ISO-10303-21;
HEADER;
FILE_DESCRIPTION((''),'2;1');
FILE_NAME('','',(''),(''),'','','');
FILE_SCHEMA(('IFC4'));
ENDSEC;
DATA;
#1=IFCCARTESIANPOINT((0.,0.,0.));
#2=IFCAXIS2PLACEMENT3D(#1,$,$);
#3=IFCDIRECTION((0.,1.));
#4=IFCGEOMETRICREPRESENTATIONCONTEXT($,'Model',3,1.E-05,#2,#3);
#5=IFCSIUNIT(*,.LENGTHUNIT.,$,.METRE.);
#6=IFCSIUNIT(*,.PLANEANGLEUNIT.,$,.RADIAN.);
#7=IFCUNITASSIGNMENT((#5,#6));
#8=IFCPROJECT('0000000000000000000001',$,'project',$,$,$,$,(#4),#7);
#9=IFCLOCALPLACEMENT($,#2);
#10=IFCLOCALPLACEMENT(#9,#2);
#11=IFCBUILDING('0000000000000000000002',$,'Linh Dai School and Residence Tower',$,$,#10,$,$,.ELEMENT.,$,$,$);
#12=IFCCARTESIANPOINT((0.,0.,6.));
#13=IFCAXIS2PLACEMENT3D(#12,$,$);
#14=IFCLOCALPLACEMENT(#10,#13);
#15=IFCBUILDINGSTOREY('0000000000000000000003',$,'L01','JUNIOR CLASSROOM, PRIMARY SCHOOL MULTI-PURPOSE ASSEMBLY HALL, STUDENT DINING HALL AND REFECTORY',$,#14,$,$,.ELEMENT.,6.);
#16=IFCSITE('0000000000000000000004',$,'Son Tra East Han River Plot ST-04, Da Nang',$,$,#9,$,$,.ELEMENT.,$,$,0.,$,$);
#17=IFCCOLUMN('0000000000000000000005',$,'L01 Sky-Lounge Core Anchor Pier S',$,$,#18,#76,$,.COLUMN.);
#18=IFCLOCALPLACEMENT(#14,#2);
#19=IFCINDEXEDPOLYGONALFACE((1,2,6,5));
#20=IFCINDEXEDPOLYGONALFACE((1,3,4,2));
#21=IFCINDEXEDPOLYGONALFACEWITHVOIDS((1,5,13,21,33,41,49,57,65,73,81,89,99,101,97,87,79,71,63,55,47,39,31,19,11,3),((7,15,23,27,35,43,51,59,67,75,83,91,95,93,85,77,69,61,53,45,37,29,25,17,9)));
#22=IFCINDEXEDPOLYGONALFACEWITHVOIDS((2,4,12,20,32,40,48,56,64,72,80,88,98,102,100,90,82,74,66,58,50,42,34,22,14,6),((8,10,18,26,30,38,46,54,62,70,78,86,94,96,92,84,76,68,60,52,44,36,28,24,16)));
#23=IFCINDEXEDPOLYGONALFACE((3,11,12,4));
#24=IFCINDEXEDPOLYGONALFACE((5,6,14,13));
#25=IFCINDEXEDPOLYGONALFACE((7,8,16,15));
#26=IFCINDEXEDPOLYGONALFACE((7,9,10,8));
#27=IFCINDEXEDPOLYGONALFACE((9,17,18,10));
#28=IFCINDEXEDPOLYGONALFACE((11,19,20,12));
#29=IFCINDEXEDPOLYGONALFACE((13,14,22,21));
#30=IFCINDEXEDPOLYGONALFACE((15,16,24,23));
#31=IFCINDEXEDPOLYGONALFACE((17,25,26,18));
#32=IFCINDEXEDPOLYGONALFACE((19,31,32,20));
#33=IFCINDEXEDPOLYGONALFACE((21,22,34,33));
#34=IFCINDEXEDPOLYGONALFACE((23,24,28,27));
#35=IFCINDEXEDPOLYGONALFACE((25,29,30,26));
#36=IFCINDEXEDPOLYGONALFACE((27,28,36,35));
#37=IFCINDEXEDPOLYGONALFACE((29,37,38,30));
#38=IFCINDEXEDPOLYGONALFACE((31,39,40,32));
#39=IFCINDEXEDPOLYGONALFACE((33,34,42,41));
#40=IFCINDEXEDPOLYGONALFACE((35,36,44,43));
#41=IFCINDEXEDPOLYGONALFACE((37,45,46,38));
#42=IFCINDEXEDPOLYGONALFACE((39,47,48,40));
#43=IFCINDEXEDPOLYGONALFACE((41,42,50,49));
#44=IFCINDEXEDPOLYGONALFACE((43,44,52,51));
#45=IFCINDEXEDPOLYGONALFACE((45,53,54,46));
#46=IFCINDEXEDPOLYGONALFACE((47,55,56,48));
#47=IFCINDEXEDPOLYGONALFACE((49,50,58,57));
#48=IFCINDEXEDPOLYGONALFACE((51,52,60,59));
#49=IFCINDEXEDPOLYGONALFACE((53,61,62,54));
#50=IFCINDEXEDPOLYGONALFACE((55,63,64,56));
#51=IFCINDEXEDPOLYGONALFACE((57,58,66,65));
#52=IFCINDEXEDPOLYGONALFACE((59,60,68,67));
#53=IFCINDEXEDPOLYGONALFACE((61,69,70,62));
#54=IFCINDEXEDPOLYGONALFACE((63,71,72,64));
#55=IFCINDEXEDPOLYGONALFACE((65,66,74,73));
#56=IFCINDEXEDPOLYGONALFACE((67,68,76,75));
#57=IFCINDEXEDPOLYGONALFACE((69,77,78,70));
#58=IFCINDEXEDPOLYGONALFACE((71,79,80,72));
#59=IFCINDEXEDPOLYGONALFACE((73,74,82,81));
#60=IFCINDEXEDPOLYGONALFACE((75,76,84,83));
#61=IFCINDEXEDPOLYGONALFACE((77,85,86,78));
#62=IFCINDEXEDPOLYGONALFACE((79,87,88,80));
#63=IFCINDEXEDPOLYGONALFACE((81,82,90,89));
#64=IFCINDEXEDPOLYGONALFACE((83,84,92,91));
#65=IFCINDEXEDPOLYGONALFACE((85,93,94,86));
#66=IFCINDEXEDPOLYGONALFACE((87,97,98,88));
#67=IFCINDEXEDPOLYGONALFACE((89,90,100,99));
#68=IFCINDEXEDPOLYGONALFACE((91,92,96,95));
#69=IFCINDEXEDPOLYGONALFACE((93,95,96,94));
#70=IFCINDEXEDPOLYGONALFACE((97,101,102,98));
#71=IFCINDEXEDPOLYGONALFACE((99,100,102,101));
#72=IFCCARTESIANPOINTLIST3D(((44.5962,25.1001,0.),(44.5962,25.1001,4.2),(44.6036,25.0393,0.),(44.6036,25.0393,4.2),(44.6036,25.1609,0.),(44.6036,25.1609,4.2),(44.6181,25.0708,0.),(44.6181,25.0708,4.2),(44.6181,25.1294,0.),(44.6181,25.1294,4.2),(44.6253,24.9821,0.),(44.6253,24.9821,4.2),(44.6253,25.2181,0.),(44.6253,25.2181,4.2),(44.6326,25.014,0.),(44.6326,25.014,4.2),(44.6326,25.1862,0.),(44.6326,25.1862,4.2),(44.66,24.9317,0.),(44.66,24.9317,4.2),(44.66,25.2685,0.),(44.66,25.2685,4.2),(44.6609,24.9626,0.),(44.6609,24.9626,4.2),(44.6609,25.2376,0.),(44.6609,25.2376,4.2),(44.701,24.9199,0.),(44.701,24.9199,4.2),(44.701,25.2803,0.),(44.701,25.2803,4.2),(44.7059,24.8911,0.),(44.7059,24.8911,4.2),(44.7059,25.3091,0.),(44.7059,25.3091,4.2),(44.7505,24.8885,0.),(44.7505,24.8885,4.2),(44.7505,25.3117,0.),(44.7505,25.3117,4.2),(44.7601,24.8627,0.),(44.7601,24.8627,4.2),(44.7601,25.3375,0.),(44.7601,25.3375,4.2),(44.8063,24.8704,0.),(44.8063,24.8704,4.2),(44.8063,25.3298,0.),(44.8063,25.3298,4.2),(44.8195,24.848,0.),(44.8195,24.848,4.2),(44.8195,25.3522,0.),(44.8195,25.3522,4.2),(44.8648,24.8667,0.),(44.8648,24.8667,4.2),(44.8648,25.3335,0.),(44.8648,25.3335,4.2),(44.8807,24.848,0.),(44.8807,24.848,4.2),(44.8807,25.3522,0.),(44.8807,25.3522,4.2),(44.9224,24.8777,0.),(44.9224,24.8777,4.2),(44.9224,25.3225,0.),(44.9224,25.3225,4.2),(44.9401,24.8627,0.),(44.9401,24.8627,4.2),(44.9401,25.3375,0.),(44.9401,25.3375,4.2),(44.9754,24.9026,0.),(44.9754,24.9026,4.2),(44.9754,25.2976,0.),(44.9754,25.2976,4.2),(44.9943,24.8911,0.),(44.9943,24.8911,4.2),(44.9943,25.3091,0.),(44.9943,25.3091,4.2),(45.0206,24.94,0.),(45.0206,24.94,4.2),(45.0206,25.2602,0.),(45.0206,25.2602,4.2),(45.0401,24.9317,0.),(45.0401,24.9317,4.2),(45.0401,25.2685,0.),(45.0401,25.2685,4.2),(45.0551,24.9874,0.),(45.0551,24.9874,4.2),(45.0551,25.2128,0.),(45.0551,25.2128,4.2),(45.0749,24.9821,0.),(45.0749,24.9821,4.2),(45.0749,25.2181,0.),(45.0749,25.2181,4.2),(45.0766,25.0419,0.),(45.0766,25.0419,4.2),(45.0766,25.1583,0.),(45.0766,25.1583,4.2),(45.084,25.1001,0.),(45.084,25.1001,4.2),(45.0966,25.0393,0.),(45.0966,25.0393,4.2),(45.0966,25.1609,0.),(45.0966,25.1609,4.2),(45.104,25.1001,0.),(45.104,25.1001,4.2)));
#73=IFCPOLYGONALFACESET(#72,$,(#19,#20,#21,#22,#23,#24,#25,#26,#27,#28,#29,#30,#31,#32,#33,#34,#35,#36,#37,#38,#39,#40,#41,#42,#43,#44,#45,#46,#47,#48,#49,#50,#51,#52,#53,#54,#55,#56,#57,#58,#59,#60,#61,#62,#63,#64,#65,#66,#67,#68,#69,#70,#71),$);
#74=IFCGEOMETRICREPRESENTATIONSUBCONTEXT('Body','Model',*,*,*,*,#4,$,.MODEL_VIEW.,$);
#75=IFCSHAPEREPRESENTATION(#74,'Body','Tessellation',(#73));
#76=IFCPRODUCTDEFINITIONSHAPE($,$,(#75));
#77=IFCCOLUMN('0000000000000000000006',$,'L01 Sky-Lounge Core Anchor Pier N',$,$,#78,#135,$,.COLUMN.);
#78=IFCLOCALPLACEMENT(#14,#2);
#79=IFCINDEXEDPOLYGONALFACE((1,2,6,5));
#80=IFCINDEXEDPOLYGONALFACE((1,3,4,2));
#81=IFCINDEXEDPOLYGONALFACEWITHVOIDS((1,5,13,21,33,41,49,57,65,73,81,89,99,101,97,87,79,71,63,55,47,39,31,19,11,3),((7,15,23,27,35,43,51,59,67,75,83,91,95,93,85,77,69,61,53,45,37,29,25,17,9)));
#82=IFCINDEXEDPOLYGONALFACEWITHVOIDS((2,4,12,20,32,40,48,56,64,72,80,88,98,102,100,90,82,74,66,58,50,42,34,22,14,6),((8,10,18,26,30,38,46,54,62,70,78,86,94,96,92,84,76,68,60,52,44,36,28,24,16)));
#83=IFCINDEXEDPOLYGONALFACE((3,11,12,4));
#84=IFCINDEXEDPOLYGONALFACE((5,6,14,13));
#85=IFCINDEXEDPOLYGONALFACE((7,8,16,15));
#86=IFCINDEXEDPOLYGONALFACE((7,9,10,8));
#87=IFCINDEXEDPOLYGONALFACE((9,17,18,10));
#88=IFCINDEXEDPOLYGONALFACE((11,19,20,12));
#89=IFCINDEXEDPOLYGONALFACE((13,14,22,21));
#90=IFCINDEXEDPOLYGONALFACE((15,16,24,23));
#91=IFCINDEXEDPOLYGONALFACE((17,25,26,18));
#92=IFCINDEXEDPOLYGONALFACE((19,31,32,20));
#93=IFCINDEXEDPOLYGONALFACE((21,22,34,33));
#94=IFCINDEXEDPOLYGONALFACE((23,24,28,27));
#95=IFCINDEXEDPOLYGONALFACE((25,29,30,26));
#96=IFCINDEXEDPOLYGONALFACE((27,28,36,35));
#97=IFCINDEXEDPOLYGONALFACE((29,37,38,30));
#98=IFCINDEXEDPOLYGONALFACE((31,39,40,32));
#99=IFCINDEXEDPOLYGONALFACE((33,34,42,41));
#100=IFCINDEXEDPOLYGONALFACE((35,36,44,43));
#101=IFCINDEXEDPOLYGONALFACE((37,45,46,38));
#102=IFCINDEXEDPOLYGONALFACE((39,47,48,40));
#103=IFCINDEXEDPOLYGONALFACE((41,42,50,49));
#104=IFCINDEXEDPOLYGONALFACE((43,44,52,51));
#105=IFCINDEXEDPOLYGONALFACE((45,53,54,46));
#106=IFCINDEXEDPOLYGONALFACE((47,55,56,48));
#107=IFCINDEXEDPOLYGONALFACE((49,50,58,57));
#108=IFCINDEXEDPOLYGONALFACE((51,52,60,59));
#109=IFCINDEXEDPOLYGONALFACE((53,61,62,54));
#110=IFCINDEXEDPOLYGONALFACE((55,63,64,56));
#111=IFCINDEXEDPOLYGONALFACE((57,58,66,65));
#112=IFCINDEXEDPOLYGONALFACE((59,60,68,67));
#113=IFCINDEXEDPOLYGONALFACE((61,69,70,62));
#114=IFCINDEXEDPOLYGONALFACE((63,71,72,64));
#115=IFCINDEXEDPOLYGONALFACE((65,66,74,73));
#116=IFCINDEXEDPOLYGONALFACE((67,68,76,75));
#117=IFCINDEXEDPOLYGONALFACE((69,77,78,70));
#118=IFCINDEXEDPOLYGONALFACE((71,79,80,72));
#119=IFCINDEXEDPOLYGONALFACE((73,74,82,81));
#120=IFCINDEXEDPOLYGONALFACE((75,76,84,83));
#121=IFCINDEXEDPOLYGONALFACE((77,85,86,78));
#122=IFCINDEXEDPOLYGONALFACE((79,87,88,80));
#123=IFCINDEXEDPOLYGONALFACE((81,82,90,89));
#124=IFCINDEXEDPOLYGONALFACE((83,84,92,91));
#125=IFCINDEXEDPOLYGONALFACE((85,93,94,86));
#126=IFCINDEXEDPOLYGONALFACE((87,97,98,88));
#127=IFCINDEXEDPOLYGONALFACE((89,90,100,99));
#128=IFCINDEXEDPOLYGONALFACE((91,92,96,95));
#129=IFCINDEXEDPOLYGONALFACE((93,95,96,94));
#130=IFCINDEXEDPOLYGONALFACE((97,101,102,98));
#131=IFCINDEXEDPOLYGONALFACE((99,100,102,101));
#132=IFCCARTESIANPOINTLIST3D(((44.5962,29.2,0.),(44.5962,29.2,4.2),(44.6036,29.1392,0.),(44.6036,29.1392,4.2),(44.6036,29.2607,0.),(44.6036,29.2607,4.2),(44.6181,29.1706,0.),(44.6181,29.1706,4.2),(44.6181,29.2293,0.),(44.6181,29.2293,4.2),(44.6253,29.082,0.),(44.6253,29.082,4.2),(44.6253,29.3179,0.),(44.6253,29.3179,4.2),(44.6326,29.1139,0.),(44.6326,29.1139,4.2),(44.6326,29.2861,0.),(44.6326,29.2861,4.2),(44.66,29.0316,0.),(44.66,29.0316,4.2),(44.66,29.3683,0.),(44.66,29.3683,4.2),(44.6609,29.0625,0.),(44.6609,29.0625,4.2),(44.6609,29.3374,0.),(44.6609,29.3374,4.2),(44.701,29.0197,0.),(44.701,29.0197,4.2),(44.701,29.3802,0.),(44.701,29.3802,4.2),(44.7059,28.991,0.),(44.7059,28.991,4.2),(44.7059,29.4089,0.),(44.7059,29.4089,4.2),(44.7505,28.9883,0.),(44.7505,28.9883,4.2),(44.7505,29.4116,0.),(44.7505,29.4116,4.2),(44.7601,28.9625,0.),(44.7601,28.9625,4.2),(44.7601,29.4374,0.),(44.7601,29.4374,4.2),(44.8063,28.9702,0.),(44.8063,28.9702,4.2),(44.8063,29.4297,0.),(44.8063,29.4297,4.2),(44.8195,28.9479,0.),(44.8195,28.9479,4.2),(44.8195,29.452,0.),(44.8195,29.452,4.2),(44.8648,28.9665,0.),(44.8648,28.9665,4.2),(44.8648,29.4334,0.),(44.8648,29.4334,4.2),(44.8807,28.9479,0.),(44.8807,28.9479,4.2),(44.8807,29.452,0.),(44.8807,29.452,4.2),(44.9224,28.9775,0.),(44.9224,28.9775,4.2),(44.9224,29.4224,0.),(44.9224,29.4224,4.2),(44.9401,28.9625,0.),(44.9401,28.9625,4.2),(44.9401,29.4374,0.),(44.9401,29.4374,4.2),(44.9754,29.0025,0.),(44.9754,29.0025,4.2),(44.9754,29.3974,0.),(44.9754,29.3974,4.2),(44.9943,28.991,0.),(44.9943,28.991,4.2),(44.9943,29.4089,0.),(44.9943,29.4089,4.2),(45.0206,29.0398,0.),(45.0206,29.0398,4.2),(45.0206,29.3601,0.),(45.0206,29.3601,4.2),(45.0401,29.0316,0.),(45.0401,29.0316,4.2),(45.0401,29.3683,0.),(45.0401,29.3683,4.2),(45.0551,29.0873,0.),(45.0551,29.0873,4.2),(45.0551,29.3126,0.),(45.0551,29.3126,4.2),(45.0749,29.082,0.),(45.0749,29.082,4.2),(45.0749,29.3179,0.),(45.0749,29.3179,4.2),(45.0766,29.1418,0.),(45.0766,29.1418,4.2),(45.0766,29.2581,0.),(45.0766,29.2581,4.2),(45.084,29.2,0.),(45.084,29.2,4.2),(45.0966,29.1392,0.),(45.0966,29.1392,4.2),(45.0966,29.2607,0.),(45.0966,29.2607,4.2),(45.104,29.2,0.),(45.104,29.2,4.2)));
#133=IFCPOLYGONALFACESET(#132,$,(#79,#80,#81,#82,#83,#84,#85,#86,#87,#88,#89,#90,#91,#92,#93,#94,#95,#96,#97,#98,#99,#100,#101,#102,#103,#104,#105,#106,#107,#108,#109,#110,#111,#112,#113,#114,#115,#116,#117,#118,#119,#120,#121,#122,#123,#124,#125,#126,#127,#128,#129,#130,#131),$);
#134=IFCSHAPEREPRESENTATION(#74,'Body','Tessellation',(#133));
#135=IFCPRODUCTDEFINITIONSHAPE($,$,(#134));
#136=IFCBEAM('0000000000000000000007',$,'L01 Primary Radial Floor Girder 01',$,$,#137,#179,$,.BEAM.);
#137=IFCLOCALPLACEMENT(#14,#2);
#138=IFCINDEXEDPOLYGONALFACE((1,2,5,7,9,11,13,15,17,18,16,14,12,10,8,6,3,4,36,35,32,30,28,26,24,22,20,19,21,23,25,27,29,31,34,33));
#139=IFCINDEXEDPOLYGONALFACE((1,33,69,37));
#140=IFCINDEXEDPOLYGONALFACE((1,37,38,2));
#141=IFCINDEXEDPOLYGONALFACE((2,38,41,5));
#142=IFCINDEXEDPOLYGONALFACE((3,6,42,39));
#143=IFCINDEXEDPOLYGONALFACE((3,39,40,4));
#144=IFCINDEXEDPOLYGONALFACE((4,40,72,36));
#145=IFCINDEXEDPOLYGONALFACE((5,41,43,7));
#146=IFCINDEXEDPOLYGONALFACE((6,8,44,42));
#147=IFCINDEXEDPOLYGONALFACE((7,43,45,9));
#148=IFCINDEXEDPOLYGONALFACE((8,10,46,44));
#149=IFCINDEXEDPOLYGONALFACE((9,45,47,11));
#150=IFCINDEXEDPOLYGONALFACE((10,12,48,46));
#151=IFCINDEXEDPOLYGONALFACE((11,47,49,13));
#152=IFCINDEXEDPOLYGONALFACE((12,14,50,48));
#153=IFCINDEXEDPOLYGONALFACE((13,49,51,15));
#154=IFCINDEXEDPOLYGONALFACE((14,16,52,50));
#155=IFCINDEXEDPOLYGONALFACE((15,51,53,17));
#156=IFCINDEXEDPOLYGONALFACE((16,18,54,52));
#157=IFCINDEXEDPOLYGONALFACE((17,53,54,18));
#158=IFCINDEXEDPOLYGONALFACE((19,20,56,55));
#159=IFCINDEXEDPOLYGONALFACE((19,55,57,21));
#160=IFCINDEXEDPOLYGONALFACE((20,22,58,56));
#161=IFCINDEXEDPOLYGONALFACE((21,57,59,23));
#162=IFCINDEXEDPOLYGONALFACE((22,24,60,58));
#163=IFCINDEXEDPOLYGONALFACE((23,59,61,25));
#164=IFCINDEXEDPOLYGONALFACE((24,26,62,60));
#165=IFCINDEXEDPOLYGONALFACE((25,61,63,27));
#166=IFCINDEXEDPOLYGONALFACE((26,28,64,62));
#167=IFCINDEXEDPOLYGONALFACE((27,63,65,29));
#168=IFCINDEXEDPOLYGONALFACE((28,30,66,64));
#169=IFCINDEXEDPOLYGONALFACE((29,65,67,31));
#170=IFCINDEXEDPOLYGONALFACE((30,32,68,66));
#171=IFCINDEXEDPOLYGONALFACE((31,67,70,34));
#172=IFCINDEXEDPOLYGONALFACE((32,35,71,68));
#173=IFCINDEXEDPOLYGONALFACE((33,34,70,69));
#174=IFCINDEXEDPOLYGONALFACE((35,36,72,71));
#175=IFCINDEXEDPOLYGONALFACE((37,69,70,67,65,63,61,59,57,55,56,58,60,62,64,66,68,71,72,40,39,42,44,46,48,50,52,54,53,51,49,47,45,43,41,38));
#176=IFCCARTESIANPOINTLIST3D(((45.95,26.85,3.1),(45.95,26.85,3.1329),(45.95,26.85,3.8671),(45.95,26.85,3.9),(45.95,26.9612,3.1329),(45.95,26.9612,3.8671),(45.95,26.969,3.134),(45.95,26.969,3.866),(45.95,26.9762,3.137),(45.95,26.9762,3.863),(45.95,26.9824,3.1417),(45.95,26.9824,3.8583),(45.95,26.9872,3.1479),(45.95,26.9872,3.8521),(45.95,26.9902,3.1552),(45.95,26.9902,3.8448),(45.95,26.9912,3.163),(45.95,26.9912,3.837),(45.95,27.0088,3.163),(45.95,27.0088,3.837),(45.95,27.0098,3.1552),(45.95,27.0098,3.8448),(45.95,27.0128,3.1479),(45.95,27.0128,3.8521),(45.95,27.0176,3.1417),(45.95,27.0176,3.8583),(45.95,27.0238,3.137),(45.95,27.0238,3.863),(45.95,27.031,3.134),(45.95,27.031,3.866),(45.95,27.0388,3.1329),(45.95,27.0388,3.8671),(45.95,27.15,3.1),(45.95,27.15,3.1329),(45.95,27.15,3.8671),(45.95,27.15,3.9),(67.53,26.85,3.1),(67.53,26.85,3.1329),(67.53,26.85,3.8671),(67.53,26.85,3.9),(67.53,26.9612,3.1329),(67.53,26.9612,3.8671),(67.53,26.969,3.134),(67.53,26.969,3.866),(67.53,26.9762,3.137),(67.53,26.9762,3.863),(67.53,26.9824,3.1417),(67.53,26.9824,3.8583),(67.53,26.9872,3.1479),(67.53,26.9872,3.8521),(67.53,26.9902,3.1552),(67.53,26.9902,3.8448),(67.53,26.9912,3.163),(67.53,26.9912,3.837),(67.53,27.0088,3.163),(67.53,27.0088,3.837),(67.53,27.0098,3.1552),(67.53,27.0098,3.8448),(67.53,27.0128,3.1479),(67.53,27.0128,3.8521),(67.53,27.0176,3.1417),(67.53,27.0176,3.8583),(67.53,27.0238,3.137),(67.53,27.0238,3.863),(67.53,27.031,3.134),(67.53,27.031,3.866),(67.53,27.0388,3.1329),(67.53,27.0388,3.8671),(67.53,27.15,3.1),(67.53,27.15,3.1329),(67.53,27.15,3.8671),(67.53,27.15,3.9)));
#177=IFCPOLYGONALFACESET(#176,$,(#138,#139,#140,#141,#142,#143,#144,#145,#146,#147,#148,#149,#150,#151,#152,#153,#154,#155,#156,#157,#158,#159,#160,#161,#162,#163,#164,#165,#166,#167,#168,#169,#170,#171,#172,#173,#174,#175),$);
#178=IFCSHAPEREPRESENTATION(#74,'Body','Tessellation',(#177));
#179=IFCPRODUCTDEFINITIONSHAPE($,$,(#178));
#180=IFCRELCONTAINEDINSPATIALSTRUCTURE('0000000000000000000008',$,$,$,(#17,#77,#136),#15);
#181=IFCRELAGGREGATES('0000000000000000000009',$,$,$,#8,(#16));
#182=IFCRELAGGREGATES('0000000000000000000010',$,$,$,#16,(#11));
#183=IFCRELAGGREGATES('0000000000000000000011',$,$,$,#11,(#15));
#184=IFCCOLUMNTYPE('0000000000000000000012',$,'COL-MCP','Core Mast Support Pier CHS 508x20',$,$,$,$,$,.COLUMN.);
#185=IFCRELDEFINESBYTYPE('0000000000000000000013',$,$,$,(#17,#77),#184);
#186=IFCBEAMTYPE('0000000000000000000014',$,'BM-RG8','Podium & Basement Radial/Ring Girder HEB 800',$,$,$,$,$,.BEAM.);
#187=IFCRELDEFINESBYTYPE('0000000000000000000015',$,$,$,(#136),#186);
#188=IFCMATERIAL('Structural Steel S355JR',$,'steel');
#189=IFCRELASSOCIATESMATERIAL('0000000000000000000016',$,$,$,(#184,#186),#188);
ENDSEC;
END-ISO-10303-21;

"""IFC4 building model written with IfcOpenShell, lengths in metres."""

from ifc_helpers import new_model, si_unit, direction, frame, origin, origin_2d, place, context, subcontext, project, spatial, hollow_circle, i_section, extrude, material, material_profile, profile_set, type_object, element, save


model = new_model("IFC4")

# Units and contexts
model_context = context("Model", 3, precision=1e-05, world=origin(), true_north=direction((0.0, 1.0)))
body_context = subcontext(model_context, "Body", "Model", "MODEL_VIEW")
ifc_project = project(units=[si_unit("LENGTHUNIT", "METRE"), si_unit("PLANEANGLEUNIT", "RADIAN")], contexts=[model_context])

# Site, building, storey
site_placement = place(None, origin())
site = spatial("IfcSite", under=ifc_project, at=site_placement, Name="Son Tra East Han River Plot ST-04, Da Nang", CompositionType="ELEMENT", RefElevation=0.0)
building_placement = place(site_placement, origin())
building = spatial("IfcBuilding", under=site, at=building_placement, Name="Linh Dai School and Residence Tower", CompositionType="ELEMENT")
storey_placement = place(building_placement, frame((0.0, 0.0, 6.0)))
storey = spatial("IfcBuildingStorey", under=building, at=storey_placement, Name="L01", Description="JUNIOR CLASSROOM, PRIMARY SCHOOL MULTI-PURPOSE ASSEMBLY HALL, STUDENT DINING HALL AND REFECTORY", CompositionType="ELEMENT", Elevation=6.0)

# Columns
ifc_material_1 = material(Name="Structural Steel S355JR", Category="steel")
ifc_material_profile_1 = material_profile(ifc_material_1, hollow_circle(Radius=0.2539, WallThickness=0.02, at=origin_2d()), Name="CHS 508x20")
ifc_profile_set_1 = profile_set([ifc_material_profile_1], Name="Structural Steel S355JR")
column_type_1 = type_object("IfcColumnType", Name="COL-MCP", Description="Core Mast Support Pier CHS 508x20", PredefinedType="COLUMN", material=ifc_profile_set_1)
for number, where, z_axis, x_axis, name in (
    (1, (44.8501, 25.1001, 0.0), (0.0, 0.0, 1.0), (1.0, 0.0, 0.0), "L01 Sky-Lounge Core Anchor Pier S"),
    (2, (44.8501, 29.2, 0.0), (0.0, 0.0, 1.0), (1.0, 0.0, 0.0), "L01 Sky-Lounge Core Anchor Pier N"),
):
    element("IfcColumn", number, at=place(storey_placement, frame(where, z_axis=z_axis, x_axis=x_axis)), inside=storey, type_object=column_type_1, Name=name, PredefinedType="COLUMN", context=body_context, shape_type="SweptSolid", body=[
        extrude(hollow_circle(Radius=0.2539, WallThickness=0.02, at=origin_2d()), origin(), (0.0, 0.0, 1.0), 4.2),
    ])

# Beam
ifc_material_profile_2 = material_profile(ifc_material_1, i_section(OverallWidth=0.3, OverallDepth=0.8, WebThickness=0.0176, FlangeThickness=0.033, FilletRadius=0.03, at=origin_2d()), Name="HEB 800")
ifc_profile_set_2 = profile_set([ifc_material_profile_2], Name="Structural Steel S355JR")
beam_type = type_object("IfcBeamType", Name="BM-RG8", Description="Podium & Basement Radial/Ring Girder HEB 800", PredefinedType="BEAM", material=ifc_profile_set_2)
beam_1_placement = place(storey_placement, frame((45.95, 27.0, 3.5), z_axis=(1.0, 0.0, 0.0), x_axis=(0.0, 1.0, 0.0)))
element("IfcBeam", 3, at=beam_1_placement, inside=storey, type_object=beam_type, Name="L01 Primary Radial Floor Girder 01", PredefinedType="BEAM", context=body_context, shape_type="SweptSolid", body=[
    extrude(i_section(OverallWidth=0.3, OverallDepth=0.8, WebThickness=0.0176, FlangeThickness=0.033, FilletRadius=0.03, at=origin_2d()), origin(), (0.0, 0.0, 1.0), 21.5801),
])

save(model, "model.ifc")
